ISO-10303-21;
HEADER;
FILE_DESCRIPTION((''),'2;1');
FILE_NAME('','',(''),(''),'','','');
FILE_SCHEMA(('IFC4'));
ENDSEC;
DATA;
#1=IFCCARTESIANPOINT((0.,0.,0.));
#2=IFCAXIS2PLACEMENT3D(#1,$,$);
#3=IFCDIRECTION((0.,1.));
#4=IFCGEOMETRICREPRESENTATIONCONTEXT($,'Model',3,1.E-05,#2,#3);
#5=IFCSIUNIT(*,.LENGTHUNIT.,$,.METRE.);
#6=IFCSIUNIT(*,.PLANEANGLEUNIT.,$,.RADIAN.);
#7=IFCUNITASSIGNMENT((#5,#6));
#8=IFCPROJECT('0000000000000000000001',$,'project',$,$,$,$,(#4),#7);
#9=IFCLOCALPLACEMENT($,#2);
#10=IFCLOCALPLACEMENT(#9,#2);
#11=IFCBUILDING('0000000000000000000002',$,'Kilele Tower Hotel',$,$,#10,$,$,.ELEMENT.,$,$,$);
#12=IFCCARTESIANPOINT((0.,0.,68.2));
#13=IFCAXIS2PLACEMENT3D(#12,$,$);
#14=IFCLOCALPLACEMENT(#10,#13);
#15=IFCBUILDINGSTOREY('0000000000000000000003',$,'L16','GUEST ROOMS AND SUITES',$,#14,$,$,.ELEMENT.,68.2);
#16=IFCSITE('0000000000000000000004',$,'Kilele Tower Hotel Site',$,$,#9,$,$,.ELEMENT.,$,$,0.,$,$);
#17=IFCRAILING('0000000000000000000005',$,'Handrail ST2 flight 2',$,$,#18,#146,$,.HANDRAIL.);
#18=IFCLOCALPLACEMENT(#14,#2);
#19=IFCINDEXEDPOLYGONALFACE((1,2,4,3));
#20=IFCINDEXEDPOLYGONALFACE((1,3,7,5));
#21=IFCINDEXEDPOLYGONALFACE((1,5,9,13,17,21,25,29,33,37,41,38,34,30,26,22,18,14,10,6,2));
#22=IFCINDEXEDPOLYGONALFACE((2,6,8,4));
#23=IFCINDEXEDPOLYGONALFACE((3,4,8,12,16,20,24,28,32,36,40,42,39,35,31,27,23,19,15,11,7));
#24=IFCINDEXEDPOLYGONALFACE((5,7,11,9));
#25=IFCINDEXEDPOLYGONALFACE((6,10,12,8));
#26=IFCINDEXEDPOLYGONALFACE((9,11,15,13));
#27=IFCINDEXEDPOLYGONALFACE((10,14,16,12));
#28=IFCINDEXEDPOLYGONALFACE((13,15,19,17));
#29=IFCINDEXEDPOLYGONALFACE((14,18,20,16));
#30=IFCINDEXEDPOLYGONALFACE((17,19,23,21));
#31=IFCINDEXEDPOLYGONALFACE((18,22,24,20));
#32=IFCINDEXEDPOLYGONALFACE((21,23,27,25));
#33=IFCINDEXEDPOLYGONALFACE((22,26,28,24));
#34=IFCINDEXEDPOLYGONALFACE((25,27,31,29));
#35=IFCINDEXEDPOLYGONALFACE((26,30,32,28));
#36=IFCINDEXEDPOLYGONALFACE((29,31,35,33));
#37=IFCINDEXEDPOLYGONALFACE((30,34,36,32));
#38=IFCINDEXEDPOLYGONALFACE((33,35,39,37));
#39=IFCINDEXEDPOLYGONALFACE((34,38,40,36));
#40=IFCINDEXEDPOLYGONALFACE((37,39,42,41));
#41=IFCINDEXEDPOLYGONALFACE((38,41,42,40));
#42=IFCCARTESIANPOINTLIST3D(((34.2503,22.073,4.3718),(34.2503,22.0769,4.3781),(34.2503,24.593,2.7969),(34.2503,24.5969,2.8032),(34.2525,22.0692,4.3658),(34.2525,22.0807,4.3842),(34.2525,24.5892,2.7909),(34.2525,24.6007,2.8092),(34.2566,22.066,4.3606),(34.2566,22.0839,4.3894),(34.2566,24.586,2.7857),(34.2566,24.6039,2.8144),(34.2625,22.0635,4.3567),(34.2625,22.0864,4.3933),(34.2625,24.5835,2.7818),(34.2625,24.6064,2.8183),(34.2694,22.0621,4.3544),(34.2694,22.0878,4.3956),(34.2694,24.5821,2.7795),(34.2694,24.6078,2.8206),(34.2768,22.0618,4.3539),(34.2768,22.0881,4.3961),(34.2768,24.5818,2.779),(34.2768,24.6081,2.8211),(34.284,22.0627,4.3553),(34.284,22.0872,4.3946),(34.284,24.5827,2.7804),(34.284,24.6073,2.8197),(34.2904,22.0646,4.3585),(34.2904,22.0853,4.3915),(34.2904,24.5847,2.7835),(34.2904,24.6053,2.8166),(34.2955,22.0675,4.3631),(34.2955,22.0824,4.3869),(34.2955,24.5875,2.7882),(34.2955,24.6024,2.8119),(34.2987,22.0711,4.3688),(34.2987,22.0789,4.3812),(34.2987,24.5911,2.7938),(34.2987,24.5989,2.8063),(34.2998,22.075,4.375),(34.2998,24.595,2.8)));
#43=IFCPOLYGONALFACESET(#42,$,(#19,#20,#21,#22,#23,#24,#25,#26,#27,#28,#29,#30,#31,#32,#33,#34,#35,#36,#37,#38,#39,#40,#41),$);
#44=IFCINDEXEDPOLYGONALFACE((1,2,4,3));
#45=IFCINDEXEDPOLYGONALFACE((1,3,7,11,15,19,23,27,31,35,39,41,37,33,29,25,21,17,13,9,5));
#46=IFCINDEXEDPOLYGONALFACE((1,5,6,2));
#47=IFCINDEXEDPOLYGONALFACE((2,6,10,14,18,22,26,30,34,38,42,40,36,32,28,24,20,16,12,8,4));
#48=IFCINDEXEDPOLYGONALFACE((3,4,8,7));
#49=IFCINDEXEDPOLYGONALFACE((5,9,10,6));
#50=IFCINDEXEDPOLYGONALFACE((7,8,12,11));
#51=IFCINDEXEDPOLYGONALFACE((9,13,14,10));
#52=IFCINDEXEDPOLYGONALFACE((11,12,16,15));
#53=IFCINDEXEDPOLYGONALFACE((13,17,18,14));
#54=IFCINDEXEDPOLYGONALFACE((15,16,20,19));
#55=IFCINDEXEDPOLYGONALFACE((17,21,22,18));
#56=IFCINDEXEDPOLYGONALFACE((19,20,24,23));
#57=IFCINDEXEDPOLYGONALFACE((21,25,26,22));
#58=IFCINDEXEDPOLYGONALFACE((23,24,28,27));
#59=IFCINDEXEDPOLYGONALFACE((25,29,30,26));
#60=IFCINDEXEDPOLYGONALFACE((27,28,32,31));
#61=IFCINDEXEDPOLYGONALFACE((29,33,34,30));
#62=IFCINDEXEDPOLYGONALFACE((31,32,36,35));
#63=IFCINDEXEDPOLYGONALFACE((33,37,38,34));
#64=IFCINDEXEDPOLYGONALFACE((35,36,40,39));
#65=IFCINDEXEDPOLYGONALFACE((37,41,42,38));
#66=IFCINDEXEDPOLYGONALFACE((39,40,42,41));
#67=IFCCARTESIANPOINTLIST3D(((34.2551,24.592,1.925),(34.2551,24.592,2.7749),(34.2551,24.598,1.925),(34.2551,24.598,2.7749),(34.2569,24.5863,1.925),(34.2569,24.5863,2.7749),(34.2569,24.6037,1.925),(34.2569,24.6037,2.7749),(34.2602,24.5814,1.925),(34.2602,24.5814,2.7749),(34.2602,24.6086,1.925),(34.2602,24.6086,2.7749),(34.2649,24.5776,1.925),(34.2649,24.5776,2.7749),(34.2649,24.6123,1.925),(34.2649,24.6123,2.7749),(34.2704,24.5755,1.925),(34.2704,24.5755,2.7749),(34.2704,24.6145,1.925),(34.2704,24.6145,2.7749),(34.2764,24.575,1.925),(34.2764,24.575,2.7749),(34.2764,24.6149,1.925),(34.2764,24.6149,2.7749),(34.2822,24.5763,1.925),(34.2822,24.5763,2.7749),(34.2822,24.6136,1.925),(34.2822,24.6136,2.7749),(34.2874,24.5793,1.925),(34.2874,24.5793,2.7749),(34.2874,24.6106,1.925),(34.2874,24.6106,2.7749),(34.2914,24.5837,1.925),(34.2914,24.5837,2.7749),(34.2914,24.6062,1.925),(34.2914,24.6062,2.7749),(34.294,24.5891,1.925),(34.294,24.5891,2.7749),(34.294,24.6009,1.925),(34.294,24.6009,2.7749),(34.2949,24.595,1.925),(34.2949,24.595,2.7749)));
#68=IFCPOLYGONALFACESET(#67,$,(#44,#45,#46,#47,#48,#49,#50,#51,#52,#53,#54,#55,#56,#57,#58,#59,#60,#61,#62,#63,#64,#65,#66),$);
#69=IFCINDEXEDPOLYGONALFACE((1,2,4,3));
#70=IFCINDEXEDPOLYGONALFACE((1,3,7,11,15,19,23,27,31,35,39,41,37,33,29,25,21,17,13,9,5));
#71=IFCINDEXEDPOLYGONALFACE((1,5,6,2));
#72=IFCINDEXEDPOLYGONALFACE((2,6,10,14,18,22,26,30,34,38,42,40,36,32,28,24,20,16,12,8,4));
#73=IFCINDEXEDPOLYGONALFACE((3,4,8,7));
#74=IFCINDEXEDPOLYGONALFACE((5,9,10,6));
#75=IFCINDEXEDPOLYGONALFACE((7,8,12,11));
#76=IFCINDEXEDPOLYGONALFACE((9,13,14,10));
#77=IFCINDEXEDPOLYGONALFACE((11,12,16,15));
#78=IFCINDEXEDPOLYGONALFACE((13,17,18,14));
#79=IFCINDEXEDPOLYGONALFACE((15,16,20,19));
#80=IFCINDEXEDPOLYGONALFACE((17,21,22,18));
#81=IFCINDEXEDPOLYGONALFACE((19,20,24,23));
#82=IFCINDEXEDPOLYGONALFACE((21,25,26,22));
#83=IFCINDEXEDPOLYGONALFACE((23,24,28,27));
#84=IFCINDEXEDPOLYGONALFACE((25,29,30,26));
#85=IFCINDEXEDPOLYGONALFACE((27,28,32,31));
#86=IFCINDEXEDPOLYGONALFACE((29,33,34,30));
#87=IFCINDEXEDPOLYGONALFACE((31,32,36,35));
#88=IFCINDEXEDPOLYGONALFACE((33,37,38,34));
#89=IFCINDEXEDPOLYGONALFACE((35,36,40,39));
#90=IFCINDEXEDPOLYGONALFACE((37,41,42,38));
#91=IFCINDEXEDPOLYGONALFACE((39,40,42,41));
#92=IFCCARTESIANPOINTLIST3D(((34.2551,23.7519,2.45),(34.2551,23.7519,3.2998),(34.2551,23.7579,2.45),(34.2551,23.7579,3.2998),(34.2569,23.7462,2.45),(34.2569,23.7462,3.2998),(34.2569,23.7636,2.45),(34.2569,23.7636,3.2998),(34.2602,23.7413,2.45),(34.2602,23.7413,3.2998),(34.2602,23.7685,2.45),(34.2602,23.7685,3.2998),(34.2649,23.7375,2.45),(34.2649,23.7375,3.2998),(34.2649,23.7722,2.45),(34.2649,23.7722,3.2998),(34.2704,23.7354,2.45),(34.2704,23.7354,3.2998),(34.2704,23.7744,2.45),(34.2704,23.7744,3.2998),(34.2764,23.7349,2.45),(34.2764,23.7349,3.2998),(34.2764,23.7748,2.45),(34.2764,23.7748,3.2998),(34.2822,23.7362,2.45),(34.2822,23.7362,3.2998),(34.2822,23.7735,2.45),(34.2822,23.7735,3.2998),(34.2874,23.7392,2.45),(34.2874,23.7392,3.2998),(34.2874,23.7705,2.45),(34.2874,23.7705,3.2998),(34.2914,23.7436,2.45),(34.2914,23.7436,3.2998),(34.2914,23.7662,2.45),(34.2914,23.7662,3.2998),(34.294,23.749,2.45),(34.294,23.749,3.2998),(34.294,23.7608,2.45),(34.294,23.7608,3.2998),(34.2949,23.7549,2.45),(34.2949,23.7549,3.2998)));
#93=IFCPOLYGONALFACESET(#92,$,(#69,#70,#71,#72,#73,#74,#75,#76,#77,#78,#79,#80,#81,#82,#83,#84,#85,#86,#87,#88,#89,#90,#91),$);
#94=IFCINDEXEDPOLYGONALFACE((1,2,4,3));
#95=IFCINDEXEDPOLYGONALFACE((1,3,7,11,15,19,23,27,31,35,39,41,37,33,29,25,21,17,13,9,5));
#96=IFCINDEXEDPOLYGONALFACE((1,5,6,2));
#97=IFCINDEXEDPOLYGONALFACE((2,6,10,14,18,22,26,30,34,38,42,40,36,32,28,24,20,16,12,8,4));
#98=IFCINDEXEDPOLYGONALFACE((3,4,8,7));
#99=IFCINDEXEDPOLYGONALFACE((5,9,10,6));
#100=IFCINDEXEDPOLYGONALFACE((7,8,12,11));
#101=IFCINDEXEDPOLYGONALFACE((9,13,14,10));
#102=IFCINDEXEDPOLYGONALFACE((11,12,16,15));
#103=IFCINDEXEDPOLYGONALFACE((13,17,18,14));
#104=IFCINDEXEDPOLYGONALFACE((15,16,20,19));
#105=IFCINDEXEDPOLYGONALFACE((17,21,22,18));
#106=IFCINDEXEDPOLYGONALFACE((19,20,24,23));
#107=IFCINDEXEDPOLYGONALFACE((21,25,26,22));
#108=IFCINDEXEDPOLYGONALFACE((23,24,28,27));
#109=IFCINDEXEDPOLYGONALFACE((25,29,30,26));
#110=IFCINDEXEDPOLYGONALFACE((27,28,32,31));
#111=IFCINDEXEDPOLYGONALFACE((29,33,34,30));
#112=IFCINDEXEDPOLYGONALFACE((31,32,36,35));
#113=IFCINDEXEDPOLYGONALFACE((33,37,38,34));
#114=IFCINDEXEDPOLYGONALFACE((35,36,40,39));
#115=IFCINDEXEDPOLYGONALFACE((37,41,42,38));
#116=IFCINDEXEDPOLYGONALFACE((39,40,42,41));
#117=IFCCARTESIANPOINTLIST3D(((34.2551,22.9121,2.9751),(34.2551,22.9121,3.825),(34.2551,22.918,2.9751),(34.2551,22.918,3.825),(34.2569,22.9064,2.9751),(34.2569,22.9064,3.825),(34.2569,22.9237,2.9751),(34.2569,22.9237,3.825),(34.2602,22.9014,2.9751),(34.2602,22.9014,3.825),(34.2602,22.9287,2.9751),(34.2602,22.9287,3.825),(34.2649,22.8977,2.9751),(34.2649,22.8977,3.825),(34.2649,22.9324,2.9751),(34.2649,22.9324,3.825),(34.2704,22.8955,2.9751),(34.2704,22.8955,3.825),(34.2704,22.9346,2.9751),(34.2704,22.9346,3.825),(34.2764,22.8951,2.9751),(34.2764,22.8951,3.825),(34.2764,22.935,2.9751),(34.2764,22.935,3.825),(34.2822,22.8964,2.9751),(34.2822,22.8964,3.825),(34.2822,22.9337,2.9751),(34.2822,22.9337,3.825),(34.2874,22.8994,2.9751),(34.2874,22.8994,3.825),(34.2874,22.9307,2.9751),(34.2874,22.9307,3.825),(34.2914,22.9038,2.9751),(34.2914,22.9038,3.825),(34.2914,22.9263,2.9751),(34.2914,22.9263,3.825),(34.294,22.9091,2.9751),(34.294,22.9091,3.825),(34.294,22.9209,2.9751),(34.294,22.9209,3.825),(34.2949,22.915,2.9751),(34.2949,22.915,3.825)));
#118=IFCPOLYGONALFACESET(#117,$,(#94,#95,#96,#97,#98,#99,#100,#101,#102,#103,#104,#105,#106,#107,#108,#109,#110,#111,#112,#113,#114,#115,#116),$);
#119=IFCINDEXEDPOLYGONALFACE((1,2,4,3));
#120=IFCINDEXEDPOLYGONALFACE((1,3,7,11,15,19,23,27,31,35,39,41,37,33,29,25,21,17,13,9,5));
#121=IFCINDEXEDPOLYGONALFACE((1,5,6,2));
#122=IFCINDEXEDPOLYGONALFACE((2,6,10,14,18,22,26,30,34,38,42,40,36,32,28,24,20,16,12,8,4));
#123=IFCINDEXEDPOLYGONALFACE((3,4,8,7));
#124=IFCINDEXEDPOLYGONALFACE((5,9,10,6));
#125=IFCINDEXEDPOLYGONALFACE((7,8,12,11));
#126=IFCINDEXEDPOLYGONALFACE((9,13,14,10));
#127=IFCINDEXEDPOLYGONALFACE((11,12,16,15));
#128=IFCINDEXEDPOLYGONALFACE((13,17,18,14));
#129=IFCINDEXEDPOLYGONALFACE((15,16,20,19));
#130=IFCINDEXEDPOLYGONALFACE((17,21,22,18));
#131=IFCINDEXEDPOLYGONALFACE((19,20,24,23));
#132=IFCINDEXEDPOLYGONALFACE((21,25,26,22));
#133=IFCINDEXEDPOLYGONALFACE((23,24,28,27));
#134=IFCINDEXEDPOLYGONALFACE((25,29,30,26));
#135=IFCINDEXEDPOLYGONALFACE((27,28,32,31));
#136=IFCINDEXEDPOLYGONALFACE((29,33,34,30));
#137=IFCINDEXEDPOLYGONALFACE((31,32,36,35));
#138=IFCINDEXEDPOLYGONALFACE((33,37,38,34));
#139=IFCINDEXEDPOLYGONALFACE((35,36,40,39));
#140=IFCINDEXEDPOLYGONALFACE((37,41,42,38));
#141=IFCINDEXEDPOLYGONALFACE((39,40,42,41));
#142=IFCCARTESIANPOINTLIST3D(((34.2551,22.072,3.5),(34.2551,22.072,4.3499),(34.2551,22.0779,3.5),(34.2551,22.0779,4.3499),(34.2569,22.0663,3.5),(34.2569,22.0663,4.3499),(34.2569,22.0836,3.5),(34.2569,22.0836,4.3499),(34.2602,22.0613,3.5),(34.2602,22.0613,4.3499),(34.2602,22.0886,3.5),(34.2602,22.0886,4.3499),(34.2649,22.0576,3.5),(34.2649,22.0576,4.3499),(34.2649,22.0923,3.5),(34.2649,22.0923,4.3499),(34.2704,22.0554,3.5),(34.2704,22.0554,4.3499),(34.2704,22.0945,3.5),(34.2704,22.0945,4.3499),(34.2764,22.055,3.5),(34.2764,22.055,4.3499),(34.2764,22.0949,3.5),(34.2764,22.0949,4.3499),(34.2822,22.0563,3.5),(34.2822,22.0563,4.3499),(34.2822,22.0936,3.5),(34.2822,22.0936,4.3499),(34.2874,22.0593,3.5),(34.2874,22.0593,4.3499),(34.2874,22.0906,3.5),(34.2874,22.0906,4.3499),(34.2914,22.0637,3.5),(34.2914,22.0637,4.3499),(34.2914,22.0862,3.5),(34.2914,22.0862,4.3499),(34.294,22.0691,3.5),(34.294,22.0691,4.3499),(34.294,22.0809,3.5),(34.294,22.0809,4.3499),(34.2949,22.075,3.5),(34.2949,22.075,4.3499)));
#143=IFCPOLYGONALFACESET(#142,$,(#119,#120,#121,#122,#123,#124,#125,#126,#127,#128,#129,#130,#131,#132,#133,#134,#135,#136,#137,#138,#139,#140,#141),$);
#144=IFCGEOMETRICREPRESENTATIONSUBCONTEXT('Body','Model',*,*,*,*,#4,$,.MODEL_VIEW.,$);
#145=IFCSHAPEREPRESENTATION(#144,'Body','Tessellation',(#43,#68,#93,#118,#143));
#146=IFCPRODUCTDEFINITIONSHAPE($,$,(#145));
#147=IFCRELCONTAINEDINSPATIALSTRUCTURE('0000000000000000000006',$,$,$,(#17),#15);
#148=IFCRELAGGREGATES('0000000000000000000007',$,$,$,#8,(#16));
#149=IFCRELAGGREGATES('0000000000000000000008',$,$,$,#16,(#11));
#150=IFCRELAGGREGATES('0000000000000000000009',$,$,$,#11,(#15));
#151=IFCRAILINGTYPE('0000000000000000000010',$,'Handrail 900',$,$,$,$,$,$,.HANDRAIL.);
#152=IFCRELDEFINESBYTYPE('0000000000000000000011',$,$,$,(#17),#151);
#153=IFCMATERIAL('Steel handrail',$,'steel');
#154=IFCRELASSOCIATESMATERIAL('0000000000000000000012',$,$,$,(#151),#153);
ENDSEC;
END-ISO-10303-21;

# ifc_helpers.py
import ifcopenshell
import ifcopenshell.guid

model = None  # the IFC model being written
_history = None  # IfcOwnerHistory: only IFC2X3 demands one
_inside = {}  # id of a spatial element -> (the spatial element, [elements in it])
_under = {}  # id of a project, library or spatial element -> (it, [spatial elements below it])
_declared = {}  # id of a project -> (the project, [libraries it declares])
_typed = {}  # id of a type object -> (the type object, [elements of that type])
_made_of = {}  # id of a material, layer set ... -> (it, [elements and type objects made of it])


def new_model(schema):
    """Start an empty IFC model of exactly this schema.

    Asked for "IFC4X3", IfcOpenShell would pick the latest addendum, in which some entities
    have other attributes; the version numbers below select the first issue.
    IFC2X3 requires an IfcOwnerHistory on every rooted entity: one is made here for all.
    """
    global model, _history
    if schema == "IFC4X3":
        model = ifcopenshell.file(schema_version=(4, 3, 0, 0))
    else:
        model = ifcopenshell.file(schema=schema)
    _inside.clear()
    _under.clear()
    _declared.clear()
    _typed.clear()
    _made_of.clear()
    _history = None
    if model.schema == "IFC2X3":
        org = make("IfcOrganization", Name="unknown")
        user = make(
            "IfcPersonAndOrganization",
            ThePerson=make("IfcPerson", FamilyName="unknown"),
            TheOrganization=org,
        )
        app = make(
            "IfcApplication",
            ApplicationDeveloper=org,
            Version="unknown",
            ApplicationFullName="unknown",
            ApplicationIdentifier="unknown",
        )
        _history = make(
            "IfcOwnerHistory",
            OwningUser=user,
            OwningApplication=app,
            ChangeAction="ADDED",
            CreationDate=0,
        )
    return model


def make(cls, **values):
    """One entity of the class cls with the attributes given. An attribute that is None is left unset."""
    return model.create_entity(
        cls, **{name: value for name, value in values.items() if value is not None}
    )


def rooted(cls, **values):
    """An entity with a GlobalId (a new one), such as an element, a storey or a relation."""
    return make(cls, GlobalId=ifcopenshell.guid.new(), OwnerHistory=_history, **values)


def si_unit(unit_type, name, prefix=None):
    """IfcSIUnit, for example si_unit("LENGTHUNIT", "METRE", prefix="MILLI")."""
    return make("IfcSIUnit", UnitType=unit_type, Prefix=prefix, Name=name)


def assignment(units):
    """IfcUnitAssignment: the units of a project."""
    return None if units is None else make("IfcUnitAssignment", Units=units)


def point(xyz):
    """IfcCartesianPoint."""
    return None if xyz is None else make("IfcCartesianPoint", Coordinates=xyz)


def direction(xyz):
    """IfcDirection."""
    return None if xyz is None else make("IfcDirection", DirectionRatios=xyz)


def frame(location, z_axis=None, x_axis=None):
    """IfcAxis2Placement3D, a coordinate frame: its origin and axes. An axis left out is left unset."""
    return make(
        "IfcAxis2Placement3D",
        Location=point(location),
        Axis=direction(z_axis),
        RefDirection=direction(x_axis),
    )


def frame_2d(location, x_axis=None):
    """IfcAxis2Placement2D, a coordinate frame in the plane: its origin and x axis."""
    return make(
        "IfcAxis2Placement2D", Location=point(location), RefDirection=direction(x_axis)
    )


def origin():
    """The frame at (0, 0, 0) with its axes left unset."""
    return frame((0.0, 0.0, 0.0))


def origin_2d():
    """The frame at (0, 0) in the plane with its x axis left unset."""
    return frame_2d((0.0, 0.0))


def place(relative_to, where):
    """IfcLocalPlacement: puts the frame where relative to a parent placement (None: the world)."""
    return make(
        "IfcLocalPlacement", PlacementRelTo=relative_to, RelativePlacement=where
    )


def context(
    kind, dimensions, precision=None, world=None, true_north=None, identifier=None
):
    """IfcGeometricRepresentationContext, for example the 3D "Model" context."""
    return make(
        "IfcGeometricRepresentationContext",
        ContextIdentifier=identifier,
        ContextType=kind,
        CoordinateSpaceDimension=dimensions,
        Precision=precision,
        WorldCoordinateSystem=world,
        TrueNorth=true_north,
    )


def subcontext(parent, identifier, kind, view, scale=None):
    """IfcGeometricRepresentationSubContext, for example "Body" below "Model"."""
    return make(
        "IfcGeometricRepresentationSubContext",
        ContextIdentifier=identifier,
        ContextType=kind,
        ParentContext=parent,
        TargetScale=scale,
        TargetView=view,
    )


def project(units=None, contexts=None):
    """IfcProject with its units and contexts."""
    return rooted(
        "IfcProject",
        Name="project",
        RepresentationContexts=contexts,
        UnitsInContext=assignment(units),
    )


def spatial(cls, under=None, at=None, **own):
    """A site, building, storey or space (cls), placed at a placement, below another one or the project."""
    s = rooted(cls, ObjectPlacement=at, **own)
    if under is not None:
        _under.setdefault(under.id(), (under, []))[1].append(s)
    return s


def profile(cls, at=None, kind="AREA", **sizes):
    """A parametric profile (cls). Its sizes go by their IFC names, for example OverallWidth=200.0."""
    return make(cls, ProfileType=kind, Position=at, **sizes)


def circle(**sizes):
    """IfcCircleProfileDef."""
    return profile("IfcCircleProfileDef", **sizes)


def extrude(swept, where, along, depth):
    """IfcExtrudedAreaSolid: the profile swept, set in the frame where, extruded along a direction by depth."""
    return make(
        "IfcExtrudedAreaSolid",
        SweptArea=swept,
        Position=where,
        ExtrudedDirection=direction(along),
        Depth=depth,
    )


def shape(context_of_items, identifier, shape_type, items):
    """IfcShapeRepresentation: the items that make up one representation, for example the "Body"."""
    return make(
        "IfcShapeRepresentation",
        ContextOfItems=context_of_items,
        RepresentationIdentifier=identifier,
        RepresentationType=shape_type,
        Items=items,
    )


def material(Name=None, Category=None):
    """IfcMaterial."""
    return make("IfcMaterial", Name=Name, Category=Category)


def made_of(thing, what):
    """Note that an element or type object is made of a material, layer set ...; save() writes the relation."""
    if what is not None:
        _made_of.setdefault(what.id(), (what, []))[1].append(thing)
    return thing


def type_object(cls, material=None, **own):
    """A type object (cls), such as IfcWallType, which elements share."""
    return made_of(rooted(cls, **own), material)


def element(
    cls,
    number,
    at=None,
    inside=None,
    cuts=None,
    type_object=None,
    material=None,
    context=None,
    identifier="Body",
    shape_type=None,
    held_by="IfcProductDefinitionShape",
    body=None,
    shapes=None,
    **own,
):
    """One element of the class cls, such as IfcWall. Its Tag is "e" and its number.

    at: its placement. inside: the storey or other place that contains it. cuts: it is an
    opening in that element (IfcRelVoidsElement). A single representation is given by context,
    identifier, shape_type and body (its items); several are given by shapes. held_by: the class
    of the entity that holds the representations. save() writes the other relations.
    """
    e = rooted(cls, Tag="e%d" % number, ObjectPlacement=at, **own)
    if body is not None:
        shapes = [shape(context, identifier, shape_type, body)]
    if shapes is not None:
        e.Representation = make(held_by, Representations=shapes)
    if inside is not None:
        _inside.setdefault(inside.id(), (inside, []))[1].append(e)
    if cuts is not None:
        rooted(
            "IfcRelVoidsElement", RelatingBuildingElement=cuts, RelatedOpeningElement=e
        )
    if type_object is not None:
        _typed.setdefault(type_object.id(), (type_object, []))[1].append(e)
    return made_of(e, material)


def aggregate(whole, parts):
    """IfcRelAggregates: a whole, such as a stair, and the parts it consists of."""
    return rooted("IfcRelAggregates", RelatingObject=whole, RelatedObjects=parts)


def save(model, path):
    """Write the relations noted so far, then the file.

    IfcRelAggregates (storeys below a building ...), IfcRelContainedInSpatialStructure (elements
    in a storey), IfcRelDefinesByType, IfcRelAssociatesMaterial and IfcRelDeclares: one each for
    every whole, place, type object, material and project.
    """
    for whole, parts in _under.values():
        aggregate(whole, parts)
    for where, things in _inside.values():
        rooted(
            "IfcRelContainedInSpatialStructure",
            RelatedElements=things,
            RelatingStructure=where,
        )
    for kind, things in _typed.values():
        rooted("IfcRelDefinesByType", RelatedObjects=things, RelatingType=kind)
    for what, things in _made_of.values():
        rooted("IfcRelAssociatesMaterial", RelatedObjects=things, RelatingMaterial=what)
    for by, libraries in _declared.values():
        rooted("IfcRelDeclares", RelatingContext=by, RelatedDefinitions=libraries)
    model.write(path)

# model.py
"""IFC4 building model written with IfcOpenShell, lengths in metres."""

from ifc_helpers import new_model, si_unit, direction, frame, origin, origin_2d, place, context, subcontext, project, spatial, circle, extrude, material, type_object, element, save


model = new_model("IFC4")

# Units and contexts
model_context = context("Model", 3, precision=1e-05, world=origin(), true_north=direction((0.0, 1.0)))
body_context = subcontext(model_context, "Body", "Model", "MODEL_VIEW")
ifc_project = project(units=[si_unit("LENGTHUNIT", "METRE"), si_unit("PLANEANGLEUNIT", "RADIAN")], contexts=[model_context])

# Site, building, storey
site_placement = place(None, origin())
site = spatial("IfcSite", under=ifc_project, at=site_placement, Name="Kilele Tower Hotel Site", CompositionType="ELEMENT", RefElevation=0.0)
building_placement = place(site_placement, origin())
building = spatial("IfcBuilding", under=site, at=building_placement, Name="Kilele Tower Hotel", CompositionType="ELEMENT")
storey_placement = place(building_placement, frame((0.0, 0.0, 68.2)))
storey = spatial("IfcBuildingStorey", under=building, at=storey_placement, Name="L16", Description="GUEST ROOMS AND SUITES", CompositionType="ELEMENT", Elevation=68.2)

# Railing
ifc_material_1 = material(Name="Steel handrail", Category="steel")
railing_type_1 = type_object("IfcRailingType", Name="Handrail 900", PredefinedType="HANDRAIL", material=ifc_material_1)
for number, where, name in (
    (1, (34.2749, 24.595, 1.925), "Handrail ST2 flight 2"),
):
    element("IfcRailing", number, at=place(storey_placement, frame(where)), inside=storey, type_object=railing_type_1, Name=name, PredefinedType="HANDRAIL", context=body_context, shape_type="SweptSolid", body=[
        extrude(circle(Radius=0.0249, at=origin_2d()), frame((0.0, 0.0, 0.875), z_axis=(0.0, -0.848008, 0.529984), x_axis=(1.0, 0.0, 0.0)), (0.0, 0.0, 1.0), 2.9717),
        extrude(circle(Radius=0.02, at=origin_2d()), origin(), (0.0, 0.0, 1.0), 0.8499),
        extrude(circle(Radius=0.02, at=origin_2d()), frame((0.0, -0.8401, 0.5249)), (0.0, 0.0, 1.0), 0.8499),
        extrude(circle(Radius=0.02, at=origin_2d()), frame((0.0, -1.6799, 1.05)), (0.0, 0.0, 1.0), 0.8499),
        extrude(circle(Radius=0.02, at=origin_2d()), frame((0.0, -2.52, 1.575)), (0.0, 0.0, 1.0), 0.8499),
    ])

save(model, "model.ifc")
